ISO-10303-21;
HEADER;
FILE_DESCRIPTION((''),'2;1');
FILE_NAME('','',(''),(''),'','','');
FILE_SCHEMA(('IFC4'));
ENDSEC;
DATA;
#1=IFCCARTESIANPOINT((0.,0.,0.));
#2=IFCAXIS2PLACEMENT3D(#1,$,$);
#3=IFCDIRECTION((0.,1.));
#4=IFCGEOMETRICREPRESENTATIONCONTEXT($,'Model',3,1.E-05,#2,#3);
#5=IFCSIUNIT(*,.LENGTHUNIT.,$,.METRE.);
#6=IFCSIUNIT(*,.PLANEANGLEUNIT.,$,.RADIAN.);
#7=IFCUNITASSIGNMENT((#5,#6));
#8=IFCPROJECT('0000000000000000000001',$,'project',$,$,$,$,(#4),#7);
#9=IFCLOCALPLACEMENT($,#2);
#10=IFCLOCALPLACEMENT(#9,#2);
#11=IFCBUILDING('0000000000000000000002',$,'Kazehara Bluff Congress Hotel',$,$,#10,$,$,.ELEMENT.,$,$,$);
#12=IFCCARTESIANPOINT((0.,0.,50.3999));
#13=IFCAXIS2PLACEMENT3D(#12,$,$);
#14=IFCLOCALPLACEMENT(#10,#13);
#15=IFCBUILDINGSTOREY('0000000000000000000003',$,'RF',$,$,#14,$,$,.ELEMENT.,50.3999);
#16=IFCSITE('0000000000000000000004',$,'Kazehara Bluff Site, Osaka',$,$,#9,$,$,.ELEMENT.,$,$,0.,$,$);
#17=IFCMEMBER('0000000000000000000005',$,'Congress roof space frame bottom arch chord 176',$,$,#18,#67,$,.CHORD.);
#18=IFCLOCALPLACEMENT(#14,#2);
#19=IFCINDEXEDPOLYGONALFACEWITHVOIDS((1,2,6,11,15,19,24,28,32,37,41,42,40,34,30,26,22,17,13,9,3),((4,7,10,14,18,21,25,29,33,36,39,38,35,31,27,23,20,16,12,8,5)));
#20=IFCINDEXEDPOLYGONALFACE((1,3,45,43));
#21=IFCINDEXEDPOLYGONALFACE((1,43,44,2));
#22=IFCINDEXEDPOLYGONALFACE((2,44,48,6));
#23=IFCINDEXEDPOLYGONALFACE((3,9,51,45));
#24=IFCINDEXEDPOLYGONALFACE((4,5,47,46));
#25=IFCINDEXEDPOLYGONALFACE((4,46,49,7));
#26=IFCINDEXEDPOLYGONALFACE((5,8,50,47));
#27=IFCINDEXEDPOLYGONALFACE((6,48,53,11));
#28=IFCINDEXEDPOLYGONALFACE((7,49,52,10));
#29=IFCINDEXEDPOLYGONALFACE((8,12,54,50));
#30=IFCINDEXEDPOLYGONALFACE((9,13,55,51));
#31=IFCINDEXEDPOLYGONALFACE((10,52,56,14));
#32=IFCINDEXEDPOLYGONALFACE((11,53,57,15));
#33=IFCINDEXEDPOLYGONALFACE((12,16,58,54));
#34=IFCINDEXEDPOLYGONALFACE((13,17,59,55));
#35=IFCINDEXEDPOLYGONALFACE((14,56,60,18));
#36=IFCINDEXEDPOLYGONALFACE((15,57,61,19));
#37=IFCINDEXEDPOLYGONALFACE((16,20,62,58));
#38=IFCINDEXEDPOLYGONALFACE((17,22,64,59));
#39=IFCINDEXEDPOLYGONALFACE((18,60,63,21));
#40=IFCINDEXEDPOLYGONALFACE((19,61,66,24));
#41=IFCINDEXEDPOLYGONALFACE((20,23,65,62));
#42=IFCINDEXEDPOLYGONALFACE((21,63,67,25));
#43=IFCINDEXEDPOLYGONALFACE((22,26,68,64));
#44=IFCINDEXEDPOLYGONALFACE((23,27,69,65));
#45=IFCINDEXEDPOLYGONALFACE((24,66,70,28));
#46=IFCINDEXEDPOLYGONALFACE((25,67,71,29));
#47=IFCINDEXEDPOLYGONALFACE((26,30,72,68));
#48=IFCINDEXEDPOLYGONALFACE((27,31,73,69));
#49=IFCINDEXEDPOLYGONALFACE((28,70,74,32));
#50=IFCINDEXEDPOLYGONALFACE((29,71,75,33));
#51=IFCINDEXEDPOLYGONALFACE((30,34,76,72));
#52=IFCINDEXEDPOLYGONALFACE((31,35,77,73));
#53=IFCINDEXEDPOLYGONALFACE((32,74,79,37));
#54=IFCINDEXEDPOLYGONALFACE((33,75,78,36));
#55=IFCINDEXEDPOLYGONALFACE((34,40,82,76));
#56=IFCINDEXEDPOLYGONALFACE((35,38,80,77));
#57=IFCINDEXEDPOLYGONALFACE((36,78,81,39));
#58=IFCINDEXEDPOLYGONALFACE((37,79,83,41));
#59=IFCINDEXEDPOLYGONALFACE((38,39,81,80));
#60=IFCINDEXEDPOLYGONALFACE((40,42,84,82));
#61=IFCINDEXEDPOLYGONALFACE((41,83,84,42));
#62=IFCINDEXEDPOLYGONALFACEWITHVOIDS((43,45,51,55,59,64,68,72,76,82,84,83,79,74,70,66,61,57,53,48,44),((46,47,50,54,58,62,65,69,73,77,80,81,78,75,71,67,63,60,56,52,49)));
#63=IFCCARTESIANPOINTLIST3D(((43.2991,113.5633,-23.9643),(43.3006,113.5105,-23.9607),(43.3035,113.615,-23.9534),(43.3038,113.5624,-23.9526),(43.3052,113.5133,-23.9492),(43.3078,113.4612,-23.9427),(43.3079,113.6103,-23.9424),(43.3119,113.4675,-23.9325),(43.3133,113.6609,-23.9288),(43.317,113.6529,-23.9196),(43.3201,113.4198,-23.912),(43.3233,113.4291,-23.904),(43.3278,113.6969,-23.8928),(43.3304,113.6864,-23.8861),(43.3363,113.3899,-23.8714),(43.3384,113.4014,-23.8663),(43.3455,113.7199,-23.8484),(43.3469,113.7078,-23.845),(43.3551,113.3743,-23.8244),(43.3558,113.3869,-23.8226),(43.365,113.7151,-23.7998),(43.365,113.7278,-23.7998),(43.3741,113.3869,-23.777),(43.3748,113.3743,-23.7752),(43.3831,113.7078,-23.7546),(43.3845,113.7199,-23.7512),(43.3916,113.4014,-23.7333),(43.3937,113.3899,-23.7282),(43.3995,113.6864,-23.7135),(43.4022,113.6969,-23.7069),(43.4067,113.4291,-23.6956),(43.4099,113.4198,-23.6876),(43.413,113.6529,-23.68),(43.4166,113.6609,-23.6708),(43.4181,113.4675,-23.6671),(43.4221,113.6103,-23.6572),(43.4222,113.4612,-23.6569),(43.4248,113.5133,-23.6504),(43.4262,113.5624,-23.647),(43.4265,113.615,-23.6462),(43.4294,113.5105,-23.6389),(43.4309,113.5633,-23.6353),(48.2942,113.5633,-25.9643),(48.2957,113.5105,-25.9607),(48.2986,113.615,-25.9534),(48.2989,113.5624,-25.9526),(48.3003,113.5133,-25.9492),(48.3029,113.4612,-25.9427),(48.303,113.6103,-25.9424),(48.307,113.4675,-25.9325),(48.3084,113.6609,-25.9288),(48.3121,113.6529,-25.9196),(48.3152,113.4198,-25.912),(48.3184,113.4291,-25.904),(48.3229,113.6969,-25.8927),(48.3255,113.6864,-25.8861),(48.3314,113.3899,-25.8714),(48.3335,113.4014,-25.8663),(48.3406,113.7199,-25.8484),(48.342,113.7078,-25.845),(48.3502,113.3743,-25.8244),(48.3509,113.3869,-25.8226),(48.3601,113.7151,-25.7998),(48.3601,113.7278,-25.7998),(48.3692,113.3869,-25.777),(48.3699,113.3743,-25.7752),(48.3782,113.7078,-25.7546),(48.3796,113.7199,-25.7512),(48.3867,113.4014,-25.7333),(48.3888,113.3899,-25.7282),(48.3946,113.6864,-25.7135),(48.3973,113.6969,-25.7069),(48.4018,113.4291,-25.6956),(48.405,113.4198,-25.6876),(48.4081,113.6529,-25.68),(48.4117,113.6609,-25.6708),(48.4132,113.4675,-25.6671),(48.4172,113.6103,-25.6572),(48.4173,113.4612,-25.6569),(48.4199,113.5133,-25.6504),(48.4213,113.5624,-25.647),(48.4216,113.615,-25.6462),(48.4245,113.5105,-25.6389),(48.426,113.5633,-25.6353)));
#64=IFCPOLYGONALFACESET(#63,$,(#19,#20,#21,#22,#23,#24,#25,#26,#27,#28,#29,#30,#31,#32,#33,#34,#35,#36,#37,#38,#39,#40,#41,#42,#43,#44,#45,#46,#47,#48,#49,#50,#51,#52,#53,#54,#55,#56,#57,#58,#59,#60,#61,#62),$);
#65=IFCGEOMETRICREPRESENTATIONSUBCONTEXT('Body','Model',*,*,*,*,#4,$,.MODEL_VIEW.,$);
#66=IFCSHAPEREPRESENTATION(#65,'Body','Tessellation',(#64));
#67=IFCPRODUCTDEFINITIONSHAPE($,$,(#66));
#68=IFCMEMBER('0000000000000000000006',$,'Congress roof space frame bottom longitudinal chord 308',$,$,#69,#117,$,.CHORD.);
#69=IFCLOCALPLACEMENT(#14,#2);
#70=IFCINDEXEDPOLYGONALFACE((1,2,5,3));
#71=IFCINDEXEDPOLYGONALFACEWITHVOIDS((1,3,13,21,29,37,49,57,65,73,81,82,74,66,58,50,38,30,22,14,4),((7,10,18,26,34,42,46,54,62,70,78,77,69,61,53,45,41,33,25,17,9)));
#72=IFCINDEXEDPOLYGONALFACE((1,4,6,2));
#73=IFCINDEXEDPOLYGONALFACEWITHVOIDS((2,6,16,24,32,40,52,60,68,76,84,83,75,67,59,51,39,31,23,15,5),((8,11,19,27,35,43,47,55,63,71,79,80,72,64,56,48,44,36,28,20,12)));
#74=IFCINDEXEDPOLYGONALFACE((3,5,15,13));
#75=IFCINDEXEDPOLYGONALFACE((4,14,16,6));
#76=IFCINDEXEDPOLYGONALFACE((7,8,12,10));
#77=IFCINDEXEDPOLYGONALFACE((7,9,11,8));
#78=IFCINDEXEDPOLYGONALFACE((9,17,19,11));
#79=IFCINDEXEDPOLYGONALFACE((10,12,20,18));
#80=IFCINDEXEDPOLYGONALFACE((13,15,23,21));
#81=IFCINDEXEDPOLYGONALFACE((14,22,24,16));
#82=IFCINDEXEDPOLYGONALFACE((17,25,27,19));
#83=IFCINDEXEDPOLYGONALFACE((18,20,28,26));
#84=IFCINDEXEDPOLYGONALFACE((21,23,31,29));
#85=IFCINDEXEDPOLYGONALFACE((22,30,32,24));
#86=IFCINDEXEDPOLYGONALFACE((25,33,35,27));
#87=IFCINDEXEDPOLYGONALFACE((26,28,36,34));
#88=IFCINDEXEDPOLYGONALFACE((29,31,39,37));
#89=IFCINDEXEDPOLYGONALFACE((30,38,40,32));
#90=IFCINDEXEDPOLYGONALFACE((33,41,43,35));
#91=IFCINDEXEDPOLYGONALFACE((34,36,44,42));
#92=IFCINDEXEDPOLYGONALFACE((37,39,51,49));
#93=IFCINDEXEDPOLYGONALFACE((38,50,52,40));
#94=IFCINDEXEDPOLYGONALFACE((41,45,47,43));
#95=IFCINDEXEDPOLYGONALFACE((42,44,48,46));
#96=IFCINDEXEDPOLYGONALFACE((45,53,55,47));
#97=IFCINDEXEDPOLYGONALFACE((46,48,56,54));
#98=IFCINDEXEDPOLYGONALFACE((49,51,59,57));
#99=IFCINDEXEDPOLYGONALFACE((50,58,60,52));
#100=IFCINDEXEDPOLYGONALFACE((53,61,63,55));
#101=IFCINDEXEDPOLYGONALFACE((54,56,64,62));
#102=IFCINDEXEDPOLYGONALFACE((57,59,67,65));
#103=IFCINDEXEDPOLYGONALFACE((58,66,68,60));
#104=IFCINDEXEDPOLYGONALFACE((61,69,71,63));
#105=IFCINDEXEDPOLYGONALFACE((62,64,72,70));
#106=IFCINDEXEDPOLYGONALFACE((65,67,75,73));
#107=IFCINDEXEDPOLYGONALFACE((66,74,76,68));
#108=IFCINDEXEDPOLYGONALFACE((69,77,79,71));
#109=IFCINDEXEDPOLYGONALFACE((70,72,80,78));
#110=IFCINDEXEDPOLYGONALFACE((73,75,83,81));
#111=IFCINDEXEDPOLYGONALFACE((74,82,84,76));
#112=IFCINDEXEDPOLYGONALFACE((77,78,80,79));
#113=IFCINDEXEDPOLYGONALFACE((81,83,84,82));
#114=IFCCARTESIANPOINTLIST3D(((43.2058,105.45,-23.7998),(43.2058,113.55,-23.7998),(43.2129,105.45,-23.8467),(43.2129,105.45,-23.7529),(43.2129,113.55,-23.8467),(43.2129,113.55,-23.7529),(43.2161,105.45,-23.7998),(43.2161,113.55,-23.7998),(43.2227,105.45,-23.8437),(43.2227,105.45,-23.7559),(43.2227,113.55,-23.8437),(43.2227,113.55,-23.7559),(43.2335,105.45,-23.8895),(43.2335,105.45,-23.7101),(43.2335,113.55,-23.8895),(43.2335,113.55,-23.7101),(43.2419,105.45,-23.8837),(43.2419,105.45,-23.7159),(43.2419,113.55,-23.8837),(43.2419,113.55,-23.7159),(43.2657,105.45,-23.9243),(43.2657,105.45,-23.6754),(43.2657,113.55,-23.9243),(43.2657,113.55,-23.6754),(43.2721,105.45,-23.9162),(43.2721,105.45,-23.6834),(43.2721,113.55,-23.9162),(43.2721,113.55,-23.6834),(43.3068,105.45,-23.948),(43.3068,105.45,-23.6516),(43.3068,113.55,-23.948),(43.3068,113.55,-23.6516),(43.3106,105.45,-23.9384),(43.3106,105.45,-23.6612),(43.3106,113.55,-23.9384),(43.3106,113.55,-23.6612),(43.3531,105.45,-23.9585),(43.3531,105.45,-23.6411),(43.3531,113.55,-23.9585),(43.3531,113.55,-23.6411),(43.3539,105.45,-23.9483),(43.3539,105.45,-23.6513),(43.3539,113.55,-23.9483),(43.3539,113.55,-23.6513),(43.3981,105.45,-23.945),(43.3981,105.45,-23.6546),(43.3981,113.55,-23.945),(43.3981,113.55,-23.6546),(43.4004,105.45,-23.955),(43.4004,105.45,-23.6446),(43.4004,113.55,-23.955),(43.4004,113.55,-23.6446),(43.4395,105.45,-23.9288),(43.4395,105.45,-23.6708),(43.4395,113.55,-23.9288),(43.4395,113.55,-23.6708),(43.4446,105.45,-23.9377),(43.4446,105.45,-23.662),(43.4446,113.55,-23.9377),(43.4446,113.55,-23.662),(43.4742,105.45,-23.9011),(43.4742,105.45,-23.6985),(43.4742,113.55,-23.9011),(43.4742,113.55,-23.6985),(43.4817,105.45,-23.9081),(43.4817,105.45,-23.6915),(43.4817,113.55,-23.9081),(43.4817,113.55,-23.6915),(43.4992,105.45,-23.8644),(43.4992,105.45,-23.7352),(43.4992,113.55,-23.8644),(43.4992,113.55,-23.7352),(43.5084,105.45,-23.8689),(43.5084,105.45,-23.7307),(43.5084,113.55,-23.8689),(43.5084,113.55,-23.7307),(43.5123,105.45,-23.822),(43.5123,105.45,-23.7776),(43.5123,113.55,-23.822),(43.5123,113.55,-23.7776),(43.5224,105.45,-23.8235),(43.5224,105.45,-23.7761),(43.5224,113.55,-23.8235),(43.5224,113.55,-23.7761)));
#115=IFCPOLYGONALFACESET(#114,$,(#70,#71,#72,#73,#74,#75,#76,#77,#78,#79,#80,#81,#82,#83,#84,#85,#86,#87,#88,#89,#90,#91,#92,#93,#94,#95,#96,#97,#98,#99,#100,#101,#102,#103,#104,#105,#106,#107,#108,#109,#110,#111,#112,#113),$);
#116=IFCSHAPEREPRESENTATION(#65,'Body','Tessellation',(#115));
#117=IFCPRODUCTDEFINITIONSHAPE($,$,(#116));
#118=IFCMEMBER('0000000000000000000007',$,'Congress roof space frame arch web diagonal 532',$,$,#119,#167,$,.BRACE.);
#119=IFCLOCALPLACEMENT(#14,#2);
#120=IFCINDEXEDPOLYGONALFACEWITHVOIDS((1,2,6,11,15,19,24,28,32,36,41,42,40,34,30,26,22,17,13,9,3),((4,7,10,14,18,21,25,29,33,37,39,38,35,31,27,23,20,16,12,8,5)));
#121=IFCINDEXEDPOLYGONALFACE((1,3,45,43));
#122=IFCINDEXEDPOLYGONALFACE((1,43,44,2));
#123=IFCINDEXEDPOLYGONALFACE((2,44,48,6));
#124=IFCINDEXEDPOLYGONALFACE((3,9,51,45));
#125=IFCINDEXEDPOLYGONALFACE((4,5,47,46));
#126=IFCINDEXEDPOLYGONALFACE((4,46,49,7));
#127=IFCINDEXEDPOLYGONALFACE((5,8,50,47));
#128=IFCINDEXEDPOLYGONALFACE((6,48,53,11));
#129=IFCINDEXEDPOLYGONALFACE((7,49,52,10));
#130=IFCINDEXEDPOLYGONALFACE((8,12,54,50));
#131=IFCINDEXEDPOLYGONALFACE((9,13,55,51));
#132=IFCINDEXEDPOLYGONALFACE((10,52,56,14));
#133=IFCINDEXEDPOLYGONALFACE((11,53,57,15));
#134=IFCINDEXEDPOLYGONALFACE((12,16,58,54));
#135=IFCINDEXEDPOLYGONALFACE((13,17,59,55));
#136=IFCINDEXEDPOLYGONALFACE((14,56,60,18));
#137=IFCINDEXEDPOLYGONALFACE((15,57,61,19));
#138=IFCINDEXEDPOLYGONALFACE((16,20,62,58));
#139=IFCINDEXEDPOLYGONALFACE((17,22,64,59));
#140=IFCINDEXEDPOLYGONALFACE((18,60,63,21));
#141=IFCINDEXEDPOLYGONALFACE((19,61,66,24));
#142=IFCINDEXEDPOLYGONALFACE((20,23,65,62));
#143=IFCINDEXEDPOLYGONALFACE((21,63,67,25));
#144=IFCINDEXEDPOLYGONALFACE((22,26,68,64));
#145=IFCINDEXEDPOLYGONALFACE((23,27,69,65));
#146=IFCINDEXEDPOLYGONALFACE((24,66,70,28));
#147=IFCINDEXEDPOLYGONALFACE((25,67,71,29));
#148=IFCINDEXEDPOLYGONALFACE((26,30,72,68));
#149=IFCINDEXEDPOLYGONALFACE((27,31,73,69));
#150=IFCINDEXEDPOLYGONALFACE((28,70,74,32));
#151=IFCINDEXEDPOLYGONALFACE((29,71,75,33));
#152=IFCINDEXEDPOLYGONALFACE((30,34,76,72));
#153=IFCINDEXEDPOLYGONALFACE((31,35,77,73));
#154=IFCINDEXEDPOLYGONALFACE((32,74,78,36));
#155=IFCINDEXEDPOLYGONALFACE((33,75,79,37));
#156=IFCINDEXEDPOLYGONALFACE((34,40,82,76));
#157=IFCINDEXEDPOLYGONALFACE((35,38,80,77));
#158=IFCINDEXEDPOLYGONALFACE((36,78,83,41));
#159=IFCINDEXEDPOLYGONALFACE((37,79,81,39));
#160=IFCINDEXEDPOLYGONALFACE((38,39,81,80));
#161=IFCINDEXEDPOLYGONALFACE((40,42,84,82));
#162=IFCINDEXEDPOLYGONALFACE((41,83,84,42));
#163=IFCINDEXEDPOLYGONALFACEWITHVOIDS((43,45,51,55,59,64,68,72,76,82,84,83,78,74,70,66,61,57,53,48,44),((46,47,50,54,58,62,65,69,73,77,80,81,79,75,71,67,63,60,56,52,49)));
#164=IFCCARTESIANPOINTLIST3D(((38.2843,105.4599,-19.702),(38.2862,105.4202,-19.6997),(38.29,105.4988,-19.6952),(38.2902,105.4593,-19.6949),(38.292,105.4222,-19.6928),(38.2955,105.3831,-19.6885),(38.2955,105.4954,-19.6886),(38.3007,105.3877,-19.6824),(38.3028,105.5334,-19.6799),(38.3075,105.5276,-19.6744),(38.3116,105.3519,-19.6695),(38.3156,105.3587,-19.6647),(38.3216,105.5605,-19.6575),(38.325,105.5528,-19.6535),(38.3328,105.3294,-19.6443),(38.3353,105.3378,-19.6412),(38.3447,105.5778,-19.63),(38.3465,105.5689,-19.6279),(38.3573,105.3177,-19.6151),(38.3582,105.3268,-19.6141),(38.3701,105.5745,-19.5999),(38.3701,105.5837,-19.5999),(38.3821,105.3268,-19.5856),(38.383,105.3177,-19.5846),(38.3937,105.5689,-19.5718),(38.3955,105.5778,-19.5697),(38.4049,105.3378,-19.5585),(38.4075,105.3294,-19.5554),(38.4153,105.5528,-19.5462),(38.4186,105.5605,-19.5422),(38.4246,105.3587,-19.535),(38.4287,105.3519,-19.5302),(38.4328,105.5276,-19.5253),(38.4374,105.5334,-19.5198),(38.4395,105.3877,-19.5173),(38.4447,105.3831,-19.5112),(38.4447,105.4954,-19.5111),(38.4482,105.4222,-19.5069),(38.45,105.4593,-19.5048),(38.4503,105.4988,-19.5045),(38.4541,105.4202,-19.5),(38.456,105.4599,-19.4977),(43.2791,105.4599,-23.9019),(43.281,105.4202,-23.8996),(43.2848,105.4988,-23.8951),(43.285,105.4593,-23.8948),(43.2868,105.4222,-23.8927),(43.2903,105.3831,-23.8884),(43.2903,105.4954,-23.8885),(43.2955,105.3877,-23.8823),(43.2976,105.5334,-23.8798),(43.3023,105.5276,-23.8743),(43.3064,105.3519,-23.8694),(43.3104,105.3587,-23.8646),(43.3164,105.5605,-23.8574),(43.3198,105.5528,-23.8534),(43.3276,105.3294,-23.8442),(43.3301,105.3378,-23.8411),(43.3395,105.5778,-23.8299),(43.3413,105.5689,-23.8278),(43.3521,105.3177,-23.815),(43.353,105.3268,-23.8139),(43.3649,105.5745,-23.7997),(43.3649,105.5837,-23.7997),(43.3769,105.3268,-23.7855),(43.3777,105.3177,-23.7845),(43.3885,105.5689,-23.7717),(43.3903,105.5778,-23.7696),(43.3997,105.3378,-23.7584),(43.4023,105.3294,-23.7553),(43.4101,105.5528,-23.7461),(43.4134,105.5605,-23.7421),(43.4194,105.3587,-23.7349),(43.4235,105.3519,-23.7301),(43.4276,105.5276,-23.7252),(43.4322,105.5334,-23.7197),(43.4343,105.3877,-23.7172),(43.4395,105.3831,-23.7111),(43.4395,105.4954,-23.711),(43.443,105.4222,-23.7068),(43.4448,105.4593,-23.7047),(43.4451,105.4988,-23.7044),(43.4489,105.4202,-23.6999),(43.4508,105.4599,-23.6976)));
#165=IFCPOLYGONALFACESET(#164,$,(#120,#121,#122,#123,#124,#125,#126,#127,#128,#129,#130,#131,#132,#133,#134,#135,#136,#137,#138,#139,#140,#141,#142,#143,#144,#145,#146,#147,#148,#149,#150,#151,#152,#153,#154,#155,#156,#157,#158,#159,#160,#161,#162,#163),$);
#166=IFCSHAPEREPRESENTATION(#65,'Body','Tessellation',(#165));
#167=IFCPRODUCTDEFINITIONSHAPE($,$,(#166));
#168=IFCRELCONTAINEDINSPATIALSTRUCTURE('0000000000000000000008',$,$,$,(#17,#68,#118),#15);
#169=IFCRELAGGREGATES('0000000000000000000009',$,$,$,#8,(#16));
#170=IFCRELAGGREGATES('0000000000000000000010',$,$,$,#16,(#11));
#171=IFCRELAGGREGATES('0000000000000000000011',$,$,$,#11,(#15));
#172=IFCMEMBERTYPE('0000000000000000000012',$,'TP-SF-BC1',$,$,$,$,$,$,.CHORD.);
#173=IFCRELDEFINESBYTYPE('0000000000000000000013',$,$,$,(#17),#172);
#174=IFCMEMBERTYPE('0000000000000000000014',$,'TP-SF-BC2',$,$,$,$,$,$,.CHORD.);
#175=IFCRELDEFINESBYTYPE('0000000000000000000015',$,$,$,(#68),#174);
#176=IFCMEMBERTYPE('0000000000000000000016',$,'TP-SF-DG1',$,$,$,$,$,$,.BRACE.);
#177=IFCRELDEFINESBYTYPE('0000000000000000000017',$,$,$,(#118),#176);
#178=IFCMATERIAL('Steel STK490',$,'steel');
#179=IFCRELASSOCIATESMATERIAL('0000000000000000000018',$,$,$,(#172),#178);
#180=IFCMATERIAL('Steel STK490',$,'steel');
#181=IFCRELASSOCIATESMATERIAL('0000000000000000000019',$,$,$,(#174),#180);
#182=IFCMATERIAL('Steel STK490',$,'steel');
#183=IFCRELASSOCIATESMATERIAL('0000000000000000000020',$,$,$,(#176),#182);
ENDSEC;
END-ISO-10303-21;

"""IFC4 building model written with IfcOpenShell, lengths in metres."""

from ifc_helpers import new_model, si_unit, direction, frame, origin, origin_2d, place, context, subcontext, project, spatial, hollow_circle, extrude, material, material_profile, profile_set, type_object, element, save


model = new_model("IFC4")

# Units and contexts
model_context = context("Model", 3, precision=1e-05, world=origin(), true_north=direction((0.0, 1.0)))
body_context = subcontext(model_context, "Body", "Model", "MODEL_VIEW")
ifc_project = project(units=[si_unit("LENGTHUNIT", "METRE"), si_unit("PLANEANGLEUNIT", "RADIAN")], contexts=[model_context])

# Site, building, storey
site_placement = place(None, origin())
site = spatial("IfcSite", under=ifc_project, at=site_placement, Name="Kazehara Bluff Site, Osaka", CompositionType="ELEMENT", RefElevation=0.0)
building_placement = place(site_placement, origin())
building = spatial("IfcBuilding", under=site, at=building_placement, Name="Kazehara Bluff Congress Hotel", CompositionType="ELEMENT")
storey_placement = place(building_placement, frame((0.0, 0.0, 50.3999)))
storey = spatial("IfcBuildingStorey", under=building, at=storey_placement, Name="RF", CompositionType="ELEMENT", Elevation=50.3999)

# Members
ifc_material_1 = material(Name="Steel STK490", Category="steel")
ifc_material_profile_1 = material_profile(ifc_material_1, hollow_circle(Radius=0.1777, WallThickness=0.0127, at=origin_2d()))
ifc_profile_set_1 = profile_set([ifc_material_profile_1], Name="Steel STK490")
member_type_1 = type_object("IfcMemberType", Name="TP-SF-BC1", PredefinedType="CHORD", material=ifc_profile_set_1)
member_1_placement = place(storey_placement, frame((43.365, 113.55, -23.7998), z_axis=(0.928351, 0.0, -0.371704), x_axis=(0.0, 1.0, 0.0)))
element("IfcMember", 1, at=member_1_placement, inside=storey, type_object=member_type_1, Name="Congress roof space frame bottom arch chord 176", PredefinedType="CHORD", context=body_context, shape_type="SweptSolid", body=[
    extrude(hollow_circle(Radius=0.1777, WallThickness=0.0127, at=origin_2d()), origin(), (0.0, 0.0, 1.0), 5.3806),
])
ifc_material_2 = material(Name="Steel STK490", Category="steel")
ifc_material_profile_2 = material_profile(ifc_material_2, hollow_circle(Radius=0.1592, WallThickness=0.0103, at=origin_2d()))
ifc_profile_set_2 = profile_set([ifc_material_profile_2], Name="Steel STK490")
member_type_2 = type_object("IfcMemberType", Name="TP-SF-BC2", PredefinedType="CHORD", material=ifc_profile_set_2)
member_2_placement = place(storey_placement, frame((43.365, 105.45, -23.7998), z_axis=(0.0, 1.0, 0.0), x_axis=(-1.0, 0.0, 0.0)))
element("IfcMember", 2, at=member_2_placement, inside=storey, type_object=member_type_2, Name="Congress roof space frame bottom longitudinal chord 308", PredefinedType="CHORD", context=body_context, shape_type="SweptSolid", body=[
    extrude(hollow_circle(Radius=0.1592, WallThickness=0.0103, at=origin_2d()), origin(), (0.0, 0.0, 1.0), 8.1001),
])
ifc_material_3 = material(Name="Steel STK490", Category="steel")
ifc_material_profile_3 = material_profile(ifc_material_3, hollow_circle(Radius=0.1338, WallThickness=0.0093, at=origin_2d()))
ifc_profile_set_3 = profile_set([ifc_material_profile_3], Name="Steel STK490")
member_type_3 = type_object("IfcMemberType", Name="TP-SF-DG1", PredefinedType="BRACE", material=ifc_profile_set_3)
member_3_placement = place(storey_placement, frame((38.3701, 105.45, -19.5999), z_axis=(0.765383, 0.0, -0.643575), x_axis=(0.0, 1.0, 0.0)))
element("IfcMember", 3, at=member_3_placement, inside=storey, type_object=member_type_3, Name="Congress roof space frame arch web diagonal 532", PredefinedType="BRACE", context=body_context, shape_type="SweptSolid", body=[
    extrude(hollow_circle(Radius=0.1338, WallThickness=0.0093, at=origin_2d()), origin(), (0.0, 0.0, 1.0), 6.5259),
])

save(model, "model.ifc")
